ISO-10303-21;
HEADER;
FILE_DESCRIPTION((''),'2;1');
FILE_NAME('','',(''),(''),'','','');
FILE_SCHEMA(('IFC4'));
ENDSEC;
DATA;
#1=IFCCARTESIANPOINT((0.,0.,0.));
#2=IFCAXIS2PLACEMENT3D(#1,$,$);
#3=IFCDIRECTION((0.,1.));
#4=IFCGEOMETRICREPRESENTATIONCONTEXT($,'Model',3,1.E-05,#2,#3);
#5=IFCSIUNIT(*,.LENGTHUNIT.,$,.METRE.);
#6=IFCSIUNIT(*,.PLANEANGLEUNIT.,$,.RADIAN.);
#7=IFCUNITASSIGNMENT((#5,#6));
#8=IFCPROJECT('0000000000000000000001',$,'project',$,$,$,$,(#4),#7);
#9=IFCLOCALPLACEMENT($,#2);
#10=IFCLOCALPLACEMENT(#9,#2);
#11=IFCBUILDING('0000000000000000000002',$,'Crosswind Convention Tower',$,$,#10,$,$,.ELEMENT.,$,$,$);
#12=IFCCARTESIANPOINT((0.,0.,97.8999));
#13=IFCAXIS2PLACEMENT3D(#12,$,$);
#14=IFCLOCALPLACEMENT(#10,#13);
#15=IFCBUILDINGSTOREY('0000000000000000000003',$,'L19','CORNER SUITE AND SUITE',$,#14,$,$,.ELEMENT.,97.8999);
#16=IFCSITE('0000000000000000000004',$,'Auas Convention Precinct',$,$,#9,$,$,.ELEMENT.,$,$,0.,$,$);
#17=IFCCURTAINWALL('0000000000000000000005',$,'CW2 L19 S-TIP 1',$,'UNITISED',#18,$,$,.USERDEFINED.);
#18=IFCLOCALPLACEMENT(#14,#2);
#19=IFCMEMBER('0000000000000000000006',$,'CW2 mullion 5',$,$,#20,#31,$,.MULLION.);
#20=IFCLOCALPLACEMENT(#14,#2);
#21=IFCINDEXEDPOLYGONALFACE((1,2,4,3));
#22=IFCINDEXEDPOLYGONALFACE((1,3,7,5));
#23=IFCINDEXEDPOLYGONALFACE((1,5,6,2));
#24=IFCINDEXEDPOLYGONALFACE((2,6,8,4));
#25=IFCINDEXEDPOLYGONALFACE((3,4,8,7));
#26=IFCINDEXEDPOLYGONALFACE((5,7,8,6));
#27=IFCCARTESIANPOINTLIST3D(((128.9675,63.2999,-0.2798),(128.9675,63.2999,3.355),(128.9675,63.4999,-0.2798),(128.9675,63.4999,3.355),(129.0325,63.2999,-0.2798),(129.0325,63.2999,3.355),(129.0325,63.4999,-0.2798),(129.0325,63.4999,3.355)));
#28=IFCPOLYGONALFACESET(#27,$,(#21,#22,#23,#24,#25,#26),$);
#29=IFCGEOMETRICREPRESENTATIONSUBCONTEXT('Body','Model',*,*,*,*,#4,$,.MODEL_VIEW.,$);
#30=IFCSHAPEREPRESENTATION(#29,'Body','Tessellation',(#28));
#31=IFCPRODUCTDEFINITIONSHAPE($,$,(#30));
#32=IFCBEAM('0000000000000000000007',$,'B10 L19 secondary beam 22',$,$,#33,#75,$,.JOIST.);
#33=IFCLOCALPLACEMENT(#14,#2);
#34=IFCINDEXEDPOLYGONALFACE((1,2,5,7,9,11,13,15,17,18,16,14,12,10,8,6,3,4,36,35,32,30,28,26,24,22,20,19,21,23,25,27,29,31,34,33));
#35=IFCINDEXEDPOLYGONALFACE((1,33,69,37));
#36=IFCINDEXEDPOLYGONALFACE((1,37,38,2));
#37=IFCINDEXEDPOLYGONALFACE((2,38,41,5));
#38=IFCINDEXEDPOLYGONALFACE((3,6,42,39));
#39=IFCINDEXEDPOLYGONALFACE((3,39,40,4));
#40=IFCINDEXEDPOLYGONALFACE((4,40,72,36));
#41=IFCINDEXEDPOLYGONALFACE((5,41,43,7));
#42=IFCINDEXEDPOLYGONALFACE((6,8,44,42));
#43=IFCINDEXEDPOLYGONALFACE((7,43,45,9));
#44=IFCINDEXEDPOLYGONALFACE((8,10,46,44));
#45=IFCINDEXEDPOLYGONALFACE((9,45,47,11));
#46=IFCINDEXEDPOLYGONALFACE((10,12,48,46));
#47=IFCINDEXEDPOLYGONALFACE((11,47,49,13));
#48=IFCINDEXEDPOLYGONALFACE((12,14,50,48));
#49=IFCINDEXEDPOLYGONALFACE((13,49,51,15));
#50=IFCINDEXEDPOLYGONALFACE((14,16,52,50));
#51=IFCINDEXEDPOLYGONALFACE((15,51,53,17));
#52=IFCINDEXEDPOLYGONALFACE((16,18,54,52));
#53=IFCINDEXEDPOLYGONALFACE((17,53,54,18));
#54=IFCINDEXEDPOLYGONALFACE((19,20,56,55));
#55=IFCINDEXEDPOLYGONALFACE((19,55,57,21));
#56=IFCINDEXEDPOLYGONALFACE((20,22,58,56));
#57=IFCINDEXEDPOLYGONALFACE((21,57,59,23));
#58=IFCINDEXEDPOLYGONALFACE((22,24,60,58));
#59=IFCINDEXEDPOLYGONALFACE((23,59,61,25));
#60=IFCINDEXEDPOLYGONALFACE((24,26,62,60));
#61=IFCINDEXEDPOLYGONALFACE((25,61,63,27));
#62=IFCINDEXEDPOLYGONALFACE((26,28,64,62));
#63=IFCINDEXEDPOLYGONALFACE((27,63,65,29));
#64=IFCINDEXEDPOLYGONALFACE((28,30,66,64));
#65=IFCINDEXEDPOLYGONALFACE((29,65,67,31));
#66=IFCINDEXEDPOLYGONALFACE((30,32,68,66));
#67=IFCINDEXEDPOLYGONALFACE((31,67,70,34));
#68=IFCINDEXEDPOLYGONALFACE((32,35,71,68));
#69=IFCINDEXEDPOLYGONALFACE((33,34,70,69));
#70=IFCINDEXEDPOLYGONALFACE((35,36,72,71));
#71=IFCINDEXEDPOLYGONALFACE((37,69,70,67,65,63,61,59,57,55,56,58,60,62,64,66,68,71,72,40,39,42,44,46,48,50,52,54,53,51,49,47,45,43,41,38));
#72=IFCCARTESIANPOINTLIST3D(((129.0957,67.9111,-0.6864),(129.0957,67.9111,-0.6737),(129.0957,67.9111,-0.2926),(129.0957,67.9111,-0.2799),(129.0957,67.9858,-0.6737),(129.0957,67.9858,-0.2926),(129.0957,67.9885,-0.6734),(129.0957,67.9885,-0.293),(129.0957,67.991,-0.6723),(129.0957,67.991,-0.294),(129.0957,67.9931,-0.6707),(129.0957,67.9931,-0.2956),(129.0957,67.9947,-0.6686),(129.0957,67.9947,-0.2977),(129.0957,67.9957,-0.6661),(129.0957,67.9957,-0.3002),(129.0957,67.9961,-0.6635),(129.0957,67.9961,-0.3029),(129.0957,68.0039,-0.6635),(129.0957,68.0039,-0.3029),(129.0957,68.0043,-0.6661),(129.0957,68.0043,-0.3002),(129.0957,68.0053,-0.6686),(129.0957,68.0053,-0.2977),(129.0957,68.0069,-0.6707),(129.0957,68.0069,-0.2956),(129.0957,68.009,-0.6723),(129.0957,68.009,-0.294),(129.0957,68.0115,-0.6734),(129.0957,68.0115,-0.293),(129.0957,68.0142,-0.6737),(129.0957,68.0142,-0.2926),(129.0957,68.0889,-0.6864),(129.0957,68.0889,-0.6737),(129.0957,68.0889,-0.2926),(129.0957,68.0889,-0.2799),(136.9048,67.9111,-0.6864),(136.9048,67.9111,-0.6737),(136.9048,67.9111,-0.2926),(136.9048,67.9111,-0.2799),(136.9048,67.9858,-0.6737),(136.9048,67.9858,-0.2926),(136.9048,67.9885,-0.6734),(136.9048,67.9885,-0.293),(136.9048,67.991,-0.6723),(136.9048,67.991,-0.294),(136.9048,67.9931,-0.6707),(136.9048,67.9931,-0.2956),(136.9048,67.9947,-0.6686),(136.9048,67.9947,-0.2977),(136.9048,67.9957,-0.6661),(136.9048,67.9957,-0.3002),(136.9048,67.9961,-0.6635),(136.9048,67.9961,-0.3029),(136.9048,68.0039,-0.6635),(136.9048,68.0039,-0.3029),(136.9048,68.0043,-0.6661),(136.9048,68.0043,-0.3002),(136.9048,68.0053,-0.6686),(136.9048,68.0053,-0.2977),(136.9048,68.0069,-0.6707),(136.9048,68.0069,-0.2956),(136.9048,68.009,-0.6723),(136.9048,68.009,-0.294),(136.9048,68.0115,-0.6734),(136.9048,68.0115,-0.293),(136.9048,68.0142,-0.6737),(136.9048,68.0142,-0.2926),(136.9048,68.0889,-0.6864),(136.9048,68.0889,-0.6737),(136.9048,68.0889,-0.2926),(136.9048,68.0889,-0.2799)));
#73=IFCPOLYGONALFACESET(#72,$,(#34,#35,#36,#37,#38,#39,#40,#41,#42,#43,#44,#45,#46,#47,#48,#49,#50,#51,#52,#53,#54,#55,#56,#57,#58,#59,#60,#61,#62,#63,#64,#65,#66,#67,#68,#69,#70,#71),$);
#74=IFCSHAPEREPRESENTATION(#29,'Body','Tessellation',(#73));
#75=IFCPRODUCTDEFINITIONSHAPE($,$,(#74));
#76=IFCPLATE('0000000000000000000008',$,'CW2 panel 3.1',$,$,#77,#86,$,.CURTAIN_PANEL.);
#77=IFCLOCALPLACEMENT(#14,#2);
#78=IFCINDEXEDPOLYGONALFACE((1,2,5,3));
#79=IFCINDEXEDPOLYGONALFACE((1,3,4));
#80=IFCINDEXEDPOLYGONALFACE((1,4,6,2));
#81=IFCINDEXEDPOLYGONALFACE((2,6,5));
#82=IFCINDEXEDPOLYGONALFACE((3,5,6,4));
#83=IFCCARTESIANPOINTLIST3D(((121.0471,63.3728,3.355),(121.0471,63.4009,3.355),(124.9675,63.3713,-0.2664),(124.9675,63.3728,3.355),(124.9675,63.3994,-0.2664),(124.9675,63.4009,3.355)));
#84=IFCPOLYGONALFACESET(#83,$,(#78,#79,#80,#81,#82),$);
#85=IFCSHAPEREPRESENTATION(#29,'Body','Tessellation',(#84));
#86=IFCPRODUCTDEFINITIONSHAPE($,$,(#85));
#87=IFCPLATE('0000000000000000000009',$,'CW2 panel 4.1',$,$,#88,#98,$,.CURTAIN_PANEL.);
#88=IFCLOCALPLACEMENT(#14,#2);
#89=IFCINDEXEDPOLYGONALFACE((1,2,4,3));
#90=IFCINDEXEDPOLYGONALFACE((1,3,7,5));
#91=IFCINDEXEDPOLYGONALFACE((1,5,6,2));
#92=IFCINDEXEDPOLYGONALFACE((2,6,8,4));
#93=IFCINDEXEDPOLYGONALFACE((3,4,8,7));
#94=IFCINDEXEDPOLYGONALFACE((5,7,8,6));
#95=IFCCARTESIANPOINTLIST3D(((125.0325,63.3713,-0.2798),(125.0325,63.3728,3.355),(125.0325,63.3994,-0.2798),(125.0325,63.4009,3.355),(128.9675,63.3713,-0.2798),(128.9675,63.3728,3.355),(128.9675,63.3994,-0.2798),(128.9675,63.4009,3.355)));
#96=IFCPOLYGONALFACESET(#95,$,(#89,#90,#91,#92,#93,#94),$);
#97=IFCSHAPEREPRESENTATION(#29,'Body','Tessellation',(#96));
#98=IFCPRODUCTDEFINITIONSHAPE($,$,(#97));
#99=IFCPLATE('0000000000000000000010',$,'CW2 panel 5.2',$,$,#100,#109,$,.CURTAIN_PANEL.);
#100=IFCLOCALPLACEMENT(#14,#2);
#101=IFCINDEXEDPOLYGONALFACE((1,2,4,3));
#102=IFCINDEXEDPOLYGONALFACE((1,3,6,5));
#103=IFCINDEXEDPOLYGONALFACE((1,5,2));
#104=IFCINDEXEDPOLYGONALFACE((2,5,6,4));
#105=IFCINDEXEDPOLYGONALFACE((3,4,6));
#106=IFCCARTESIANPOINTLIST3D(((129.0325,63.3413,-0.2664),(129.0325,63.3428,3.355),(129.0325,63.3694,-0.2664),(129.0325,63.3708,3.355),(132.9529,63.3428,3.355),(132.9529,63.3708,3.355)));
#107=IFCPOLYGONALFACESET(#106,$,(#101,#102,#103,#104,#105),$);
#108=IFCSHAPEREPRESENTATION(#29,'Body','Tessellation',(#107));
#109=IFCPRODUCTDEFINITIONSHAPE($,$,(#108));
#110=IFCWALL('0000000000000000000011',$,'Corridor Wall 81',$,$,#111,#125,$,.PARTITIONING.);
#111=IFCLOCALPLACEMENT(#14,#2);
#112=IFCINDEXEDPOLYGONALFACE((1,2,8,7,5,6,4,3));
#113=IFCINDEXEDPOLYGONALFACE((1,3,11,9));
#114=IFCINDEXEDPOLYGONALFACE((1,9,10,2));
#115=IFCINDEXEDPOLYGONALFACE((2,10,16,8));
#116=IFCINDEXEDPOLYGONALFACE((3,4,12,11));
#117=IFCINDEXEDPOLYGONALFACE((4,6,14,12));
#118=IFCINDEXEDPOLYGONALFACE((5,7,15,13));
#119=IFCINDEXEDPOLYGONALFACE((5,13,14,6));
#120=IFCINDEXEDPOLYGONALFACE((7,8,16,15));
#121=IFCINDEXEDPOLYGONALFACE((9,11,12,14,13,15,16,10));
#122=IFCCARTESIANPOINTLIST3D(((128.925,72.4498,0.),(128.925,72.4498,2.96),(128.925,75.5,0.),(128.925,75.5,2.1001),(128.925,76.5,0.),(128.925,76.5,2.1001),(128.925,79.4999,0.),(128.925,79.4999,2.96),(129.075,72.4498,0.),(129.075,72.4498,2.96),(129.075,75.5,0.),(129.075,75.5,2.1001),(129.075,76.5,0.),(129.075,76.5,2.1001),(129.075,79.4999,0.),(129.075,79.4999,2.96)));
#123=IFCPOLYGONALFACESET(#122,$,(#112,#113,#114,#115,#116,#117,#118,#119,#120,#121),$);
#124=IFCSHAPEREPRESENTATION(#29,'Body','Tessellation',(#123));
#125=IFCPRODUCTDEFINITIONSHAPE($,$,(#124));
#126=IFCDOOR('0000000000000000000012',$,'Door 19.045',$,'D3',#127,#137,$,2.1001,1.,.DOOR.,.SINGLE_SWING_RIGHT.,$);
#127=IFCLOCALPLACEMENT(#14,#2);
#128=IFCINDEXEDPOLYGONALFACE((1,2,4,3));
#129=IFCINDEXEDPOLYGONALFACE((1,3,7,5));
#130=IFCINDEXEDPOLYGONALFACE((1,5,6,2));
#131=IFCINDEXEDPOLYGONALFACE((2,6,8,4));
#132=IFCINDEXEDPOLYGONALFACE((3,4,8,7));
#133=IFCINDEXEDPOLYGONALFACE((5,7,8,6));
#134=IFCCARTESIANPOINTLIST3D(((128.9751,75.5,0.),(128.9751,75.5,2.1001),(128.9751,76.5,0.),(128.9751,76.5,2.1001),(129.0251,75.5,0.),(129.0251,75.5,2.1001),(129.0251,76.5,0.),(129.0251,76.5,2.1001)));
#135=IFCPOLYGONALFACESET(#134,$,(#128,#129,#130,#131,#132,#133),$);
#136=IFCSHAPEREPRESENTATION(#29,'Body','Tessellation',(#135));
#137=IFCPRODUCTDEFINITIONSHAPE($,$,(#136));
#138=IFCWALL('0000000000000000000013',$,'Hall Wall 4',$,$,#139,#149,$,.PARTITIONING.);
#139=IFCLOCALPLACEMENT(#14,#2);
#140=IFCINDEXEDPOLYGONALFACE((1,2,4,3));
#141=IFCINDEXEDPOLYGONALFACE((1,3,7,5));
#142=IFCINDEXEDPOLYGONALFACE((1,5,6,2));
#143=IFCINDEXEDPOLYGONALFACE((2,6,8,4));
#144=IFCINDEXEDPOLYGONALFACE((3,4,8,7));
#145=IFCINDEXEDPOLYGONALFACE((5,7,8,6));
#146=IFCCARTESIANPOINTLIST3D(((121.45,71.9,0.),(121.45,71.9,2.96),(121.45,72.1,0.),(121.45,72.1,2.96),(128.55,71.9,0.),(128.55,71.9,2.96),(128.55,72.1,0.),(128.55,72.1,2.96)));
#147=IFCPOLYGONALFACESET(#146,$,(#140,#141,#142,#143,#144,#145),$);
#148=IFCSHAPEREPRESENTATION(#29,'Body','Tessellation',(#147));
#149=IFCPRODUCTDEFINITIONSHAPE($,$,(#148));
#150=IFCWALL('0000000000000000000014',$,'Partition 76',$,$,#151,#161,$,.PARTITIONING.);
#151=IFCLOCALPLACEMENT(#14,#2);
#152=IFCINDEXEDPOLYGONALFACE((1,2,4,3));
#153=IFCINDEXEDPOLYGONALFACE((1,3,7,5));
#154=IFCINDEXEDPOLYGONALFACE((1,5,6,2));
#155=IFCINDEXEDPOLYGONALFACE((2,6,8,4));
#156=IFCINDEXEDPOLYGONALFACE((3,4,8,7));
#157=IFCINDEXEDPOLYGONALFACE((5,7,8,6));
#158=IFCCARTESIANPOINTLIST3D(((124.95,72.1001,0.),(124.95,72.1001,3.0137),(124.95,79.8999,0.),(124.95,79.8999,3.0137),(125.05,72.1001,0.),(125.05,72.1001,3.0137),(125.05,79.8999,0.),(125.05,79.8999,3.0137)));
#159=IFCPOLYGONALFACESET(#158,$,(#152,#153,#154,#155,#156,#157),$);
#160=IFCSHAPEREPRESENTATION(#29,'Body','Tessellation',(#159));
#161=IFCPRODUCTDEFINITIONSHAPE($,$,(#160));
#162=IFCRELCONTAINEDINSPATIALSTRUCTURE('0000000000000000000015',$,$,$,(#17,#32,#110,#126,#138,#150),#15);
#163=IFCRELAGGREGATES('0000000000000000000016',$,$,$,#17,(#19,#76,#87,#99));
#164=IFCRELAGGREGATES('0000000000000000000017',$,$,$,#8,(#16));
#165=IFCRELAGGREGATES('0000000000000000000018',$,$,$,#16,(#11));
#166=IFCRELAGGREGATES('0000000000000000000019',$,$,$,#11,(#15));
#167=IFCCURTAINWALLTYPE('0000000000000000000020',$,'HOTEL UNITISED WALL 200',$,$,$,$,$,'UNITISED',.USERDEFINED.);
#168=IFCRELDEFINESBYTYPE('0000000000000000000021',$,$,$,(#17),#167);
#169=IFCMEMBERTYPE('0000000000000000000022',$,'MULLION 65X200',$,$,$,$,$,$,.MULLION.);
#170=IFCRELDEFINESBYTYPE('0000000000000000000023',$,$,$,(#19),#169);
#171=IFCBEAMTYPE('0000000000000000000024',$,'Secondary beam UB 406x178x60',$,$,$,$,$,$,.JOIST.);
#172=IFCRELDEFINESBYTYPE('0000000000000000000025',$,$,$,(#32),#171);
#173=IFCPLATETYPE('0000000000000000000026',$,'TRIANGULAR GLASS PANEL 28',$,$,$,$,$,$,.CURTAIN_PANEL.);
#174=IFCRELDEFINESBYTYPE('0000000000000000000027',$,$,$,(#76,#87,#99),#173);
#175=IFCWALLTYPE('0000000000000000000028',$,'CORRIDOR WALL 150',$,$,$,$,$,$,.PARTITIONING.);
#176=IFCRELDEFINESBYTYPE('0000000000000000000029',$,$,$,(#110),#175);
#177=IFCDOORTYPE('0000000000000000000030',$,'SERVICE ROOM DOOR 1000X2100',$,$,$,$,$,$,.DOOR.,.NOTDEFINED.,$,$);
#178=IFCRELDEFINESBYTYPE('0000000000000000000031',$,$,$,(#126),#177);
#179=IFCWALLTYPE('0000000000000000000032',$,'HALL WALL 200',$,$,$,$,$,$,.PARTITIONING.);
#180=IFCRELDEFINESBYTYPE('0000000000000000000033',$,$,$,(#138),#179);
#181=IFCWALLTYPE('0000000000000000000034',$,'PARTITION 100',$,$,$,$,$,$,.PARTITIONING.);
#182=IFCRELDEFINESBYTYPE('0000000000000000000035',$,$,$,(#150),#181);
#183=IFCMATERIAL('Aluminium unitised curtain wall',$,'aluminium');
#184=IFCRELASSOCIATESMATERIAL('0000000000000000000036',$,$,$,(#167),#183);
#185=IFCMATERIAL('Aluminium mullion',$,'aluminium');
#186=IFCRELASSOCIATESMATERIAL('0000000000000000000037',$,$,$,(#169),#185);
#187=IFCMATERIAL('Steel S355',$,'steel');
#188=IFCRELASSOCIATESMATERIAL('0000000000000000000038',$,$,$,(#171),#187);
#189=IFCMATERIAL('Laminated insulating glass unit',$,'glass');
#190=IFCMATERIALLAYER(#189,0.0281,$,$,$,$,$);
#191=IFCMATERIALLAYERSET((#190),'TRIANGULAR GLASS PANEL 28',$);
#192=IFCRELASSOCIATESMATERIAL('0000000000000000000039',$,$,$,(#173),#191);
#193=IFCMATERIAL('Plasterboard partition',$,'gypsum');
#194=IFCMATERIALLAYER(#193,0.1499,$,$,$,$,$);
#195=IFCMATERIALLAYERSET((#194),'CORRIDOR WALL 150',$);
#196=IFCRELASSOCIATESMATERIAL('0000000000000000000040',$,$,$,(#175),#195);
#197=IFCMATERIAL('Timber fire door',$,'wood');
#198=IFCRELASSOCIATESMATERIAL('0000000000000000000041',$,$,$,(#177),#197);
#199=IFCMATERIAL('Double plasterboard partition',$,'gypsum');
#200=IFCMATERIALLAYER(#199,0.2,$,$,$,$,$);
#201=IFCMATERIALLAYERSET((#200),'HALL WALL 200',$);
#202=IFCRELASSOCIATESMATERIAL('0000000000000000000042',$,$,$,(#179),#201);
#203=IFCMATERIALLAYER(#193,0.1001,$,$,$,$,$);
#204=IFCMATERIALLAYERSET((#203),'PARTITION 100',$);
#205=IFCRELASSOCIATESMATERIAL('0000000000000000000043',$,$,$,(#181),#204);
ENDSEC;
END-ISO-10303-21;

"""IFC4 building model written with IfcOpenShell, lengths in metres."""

from ifc_helpers import new_model, si_unit, direction, frame, frame_2d, origin, origin_2d, place, context, subcontext, project, spatial, polyline, rectangle, i_section, outline, extrude, material, layer, layer_set, material_profile, profile_set, type_object, element, fill, aggregate, save


model = new_model("IFC4")

# Units and contexts
model_context = context("Model", 3, precision=1e-05, world=origin(), true_north=direction((0.0, 1.0)))
body_context = subcontext(model_context, "Body", "Model", "MODEL_VIEW")
ifc_project = project(units=[si_unit("LENGTHUNIT", "METRE"), si_unit("PLANEANGLEUNIT", "RADIAN")], contexts=[model_context])

# Site, building, storey
site_placement = place(None, origin())
site = spatial("IfcSite", under=ifc_project, at=site_placement, Name="Auas Convention Precinct", CompositionType="ELEMENT", RefElevation=0.0)
building_placement = place(site_placement, origin())
building = spatial("IfcBuilding", under=site, at=building_placement, Name="Crosswind Convention Tower", CompositionType="ELEMENT")
storey_placement = place(building_placement, frame((0.0, 0.0, 97.8999)))
storey = spatial("IfcBuildingStorey", under=building, at=storey_placement, Name="L19", Description="CORNER SUITE AND SUITE", CompositionType="ELEMENT", Elevation=97.8999)

# Shared definitions
ifc_material_1 = material(Name="Steel S355", Category="steel")

# Curtain wall, member
ifc_material_2 = material(Name="Aluminium unitised curtain wall", Category="aluminium")
curtain_wall_type = type_object("IfcCurtainWallType", Name="HOTEL UNITISED WALL 200", ElementType="UNITISED", PredefinedType="USERDEFINED", material=ifc_material_2)
curtain_wall_placement = place(storey_placement, origin())
curtain_wall = element("IfcCurtainWall", 1, at=curtain_wall_placement, inside=storey, type_object=curtain_wall_type, Name="CW2 L19 S-TIP 1", ObjectType="UNITISED", PredefinedType="USERDEFINED")
ifc_material_3 = material(Name="Aluminium mullion", Category="aluminium")
ifc_material_profile_1 = material_profile(ifc_material_3, rectangle(XDim=0.2, YDim=0.0649, at=origin_2d()), Name="AL 200X65")
ifc_profile_set_1 = profile_set([ifc_material_profile_1], Name="Aluminium mullion")
member_type = type_object("IfcMemberType", Name="MULLION 65X200", PredefinedType="MULLION", material=ifc_profile_set_1)
member_1_placement = place(storey_placement, frame((129.0, 63.3999, -0.2798), z_axis=(0.0, 0.0, 1.0), x_axis=(0.0, -1.0, 0.0)))
member_1 = element("IfcMember", 2, at=member_1_placement, type_object=member_type, Name="CW2 mullion 5", PredefinedType="MULLION", context=body_context, shape_type="SweptSolid", body=[
    extrude(rectangle(XDim=0.2, YDim=0.0649, at=origin_2d()), origin(), (0.0, 0.0, 1.0), 3.6348),
])

# Beam
ifc_material_profile_2 = material_profile(ifc_material_1, i_section(OverallWidth=0.1777, OverallDepth=0.4065, WebThickness=0.0078, FlangeThickness=0.0127, FilletRadius=0.0103, at=origin_2d()), Name="UB 406x178x60")
ifc_profile_set_2 = profile_set([ifc_material_profile_2], Name="Steel S355")
beam_type_1 = type_object("IfcBeamType", Name="Secondary beam UB 406x178x60", PredefinedType="JOIST", material=ifc_profile_set_2)
beam_1_placement = place(storey_placement, frame((129.0957, 68.0, -0.4832), z_axis=(1.0, 0.0, 0.0), x_axis=(0.0, 1.0, 0.0)))
element("IfcBeam", 3, at=beam_1_placement, inside=storey, type_object=beam_type_1, Name="B10 L19 secondary beam 22", PredefinedType="JOIST", context=body_context, shape_type="SweptSolid", body=[
    extrude(i_section(OverallWidth=0.1777, OverallDepth=0.4065, WebThickness=0.0078, FlangeThickness=0.0127, FilletRadius=0.0103, at=origin_2d()), origin(), (0.0, 0.0, 1.0), 7.8091),
])

# Plates
ifc_material_4 = material(Name="Laminated insulating glass unit", Category="glass")
ifc_layer_1 = layer(ifc_material_4, 0.0281)
ifc_layer_set_1 = layer_set([ifc_layer_1], Name="TRIANGULAR GLASS PANEL 28")
plate_type = type_object("IfcPlateType", Name="TRIANGULAR GLASS PANEL 28", PredefinedType="CURTAIN_PANEL", material=ifc_layer_set_1)
plate_1_placement = place(storey_placement, frame((124.9675, 63.3728, 3.355), z_axis=(0.0, -1.0, 0.000405), x_axis=(-1.0, 0.0, 0.0)))
plate_1 = element("IfcPlate", 4, at=plate_1_placement, type_object=plate_type, Name="CW2 panel 3.1", PredefinedType="CURTAIN_PANEL", context=body_context, shape_type="SweptSolid", body=[
    extrude(outline(polyline([(0.0, 0.0), (3.9204, 0.0), (0.0, 3.6213), (0.0, 0.0)])), origin(), (0.0, 0.0, -1.0), 0.0281),
])
plate_2_placement = place(storey_placement, frame((125.0325, 63.3713, -0.2798), z_axis=(0.0, -1.0, 0.000403), x_axis=(1.0, 0.0, 0.0)))
plate_2 = element("IfcPlate", 5, at=plate_2_placement, type_object=plate_type, Name="CW2 panel 4.1", PredefinedType="CURTAIN_PANEL", context=body_context, shape_type="SweptSolid", body=[
    extrude(outline(polyline([(0.0, 0.0), (3.9351, 0.0), (3.9351, 3.6348), (0.0, 3.6348), (0.0, 0.0)])), origin(), (0.0, 0.0, -1.0), 0.0281),
])
plate_3_placement = place(storey_placement, frame((129.0325, 63.3428, 3.355), z_axis=(0.0, -1.0, 0.000405), x_axis=(0.0, -0.000405, -1.0)))
plate_3 = element("IfcPlate", 6, at=plate_3_placement, type_object=plate_type, Name="CW2 panel 5.2", PredefinedType="CURTAIN_PANEL", context=body_context, shape_type="SweptSolid", body=[
    extrude(outline(polyline([(0.0, 0.0), (3.6213, 0.0), (0.0, 3.9204), (0.0, 0.0)])), origin(), (0.0, 0.0, -1.0), 0.0281),
])
aggregate(curtain_wall, [member_1, plate_1, plate_2, plate_3])

# Wall, opening, door
ifc_material_5 = material(Name="Plasterboard partition", Category="gypsum")
ifc_layer_2 = layer(ifc_material_5, 0.1499)
ifc_layer_set_2 = layer_set([ifc_layer_2], Name="CORRIDOR WALL 150")
wall_type_1 = type_object("IfcWallType", Name="CORRIDOR WALL 150", PredefinedType="PARTITIONING", material=ifc_layer_set_2)
wall_1_placement = place(storey_placement, frame((129.0, 72.45, 0.0), z_axis=(0.0, 0.0, 1.0), x_axis=(0.0, 1.0, 0.0)))
wall_1 = element("IfcWall", 7, at=wall_1_placement, inside=storey, type_object=wall_type_1, Name="Corridor Wall 81", PredefinedType="PARTITIONING", context=body_context, shape_type="SweptSolid", body=[
    extrude(rectangle(XDim=7.05, YDim=0.1499, at=frame_2d((3.5249, 0.0))), origin(), (0.0, 0.0, 1.0), 2.96),
])
opening_1_placement = place(wall_1_placement, frame((3.05, 0.0, 0.0)))
opening_1 = element("IfcOpeningElement", 8, at=opening_1_placement, cuts=wall_1, PredefinedType="OPENING", context=body_context, shape_type="SweptSolid", body=[
    extrude(rectangle(XDim=1.0, YDim=2.1001, at=frame_2d((0.5, 1.05))), frame((0.0, 0.085, 0.0), z_axis=(0.0, -1.0, 0.0), x_axis=(1.0, 0.0, 0.0)), (0.0, 0.0, 1.0), 0.1699),
])
ifc_material_6 = material(Name="Timber fire door", Category="wood")
door_type_1 = type_object("IfcDoorType", Name="SERVICE ROOM DOOR 1000X2100", OperationType="NOTDEFINED", PredefinedType="DOOR", material=ifc_material_6)
door_1_placement = place(opening_1_placement, origin())
door_1 = element("IfcDoor", 9, at=door_1_placement, inside=storey, type_object=door_type_1, Name="Door 19.045", ObjectType="D3", OperationType="SINGLE_SWING_RIGHT", OverallHeight=2.1001, OverallWidth=1.0, PredefinedType="DOOR", context=body_context, shape_type="SweptSolid", body=[
    extrude(rectangle(XDim=1.0, YDim=2.1001, at=frame_2d((0.5, 1.05))), frame((0.0, 0.0249, 0.0), z_axis=(0.0, -1.0, 0.0), x_axis=(1.0, 0.0, 0.0)), (0.0, 0.0, 1.0), 0.05),
])
fill(opening_1, door_1)

# Wall
ifc_material_7 = material(Name="Double plasterboard partition", Category="gypsum")
ifc_layer_3 = layer(ifc_material_7, 0.2)
ifc_layer_set_3 = layer_set([ifc_layer_3], Name="HALL WALL 200")
wall_type_2 = type_object("IfcWallType", Name="HALL WALL 200", PredefinedType="PARTITIONING", material=ifc_layer_set_3)
wall_2_placement = place(storey_placement, frame((121.45, 72.0, 0.0), z_axis=(0.0, 0.0, 1.0), x_axis=(1.0, 0.0, 0.0)))
element("IfcWall", 10, at=wall_2_placement, inside=storey, type_object=wall_type_2, Name="Hall Wall 4", PredefinedType="PARTITIONING", context=body_context, shape_type="SweptSolid", body=[
    extrude(rectangle(XDim=7.1001, YDim=0.2, at=frame_2d((3.55, 0.0))), origin(), (0.0, 0.0, 1.0), 2.96),
])

# Wall
ifc_layer_4 = layer(ifc_material_5, 0.1001)
ifc_layer_set_4 = layer_set([ifc_layer_4], Name="PARTITION 100")
wall_type_3 = type_object("IfcWallType", Name="PARTITION 100", PredefinedType="PARTITIONING", material=ifc_layer_set_4)
wall_3_placement = place(storey_placement, frame((125.0, 72.1001, 0.0), z_axis=(0.0, 0.0, 1.0), x_axis=(0.0, 1.0, 0.0)))
element("IfcWall", 11, at=wall_3_placement, inside=storey, type_object=wall_type_3, Name="Partition 76", PredefinedType="PARTITIONING", context=body_context, shape_type="SweptSolid", body=[
    extrude(rectangle(XDim=7.7998, YDim=0.1001, at=frame_2d((3.8999, 0.0))), origin(), (0.0, 0.0, 1.0), 3.0137),
])

save(model, "model.ifc")
